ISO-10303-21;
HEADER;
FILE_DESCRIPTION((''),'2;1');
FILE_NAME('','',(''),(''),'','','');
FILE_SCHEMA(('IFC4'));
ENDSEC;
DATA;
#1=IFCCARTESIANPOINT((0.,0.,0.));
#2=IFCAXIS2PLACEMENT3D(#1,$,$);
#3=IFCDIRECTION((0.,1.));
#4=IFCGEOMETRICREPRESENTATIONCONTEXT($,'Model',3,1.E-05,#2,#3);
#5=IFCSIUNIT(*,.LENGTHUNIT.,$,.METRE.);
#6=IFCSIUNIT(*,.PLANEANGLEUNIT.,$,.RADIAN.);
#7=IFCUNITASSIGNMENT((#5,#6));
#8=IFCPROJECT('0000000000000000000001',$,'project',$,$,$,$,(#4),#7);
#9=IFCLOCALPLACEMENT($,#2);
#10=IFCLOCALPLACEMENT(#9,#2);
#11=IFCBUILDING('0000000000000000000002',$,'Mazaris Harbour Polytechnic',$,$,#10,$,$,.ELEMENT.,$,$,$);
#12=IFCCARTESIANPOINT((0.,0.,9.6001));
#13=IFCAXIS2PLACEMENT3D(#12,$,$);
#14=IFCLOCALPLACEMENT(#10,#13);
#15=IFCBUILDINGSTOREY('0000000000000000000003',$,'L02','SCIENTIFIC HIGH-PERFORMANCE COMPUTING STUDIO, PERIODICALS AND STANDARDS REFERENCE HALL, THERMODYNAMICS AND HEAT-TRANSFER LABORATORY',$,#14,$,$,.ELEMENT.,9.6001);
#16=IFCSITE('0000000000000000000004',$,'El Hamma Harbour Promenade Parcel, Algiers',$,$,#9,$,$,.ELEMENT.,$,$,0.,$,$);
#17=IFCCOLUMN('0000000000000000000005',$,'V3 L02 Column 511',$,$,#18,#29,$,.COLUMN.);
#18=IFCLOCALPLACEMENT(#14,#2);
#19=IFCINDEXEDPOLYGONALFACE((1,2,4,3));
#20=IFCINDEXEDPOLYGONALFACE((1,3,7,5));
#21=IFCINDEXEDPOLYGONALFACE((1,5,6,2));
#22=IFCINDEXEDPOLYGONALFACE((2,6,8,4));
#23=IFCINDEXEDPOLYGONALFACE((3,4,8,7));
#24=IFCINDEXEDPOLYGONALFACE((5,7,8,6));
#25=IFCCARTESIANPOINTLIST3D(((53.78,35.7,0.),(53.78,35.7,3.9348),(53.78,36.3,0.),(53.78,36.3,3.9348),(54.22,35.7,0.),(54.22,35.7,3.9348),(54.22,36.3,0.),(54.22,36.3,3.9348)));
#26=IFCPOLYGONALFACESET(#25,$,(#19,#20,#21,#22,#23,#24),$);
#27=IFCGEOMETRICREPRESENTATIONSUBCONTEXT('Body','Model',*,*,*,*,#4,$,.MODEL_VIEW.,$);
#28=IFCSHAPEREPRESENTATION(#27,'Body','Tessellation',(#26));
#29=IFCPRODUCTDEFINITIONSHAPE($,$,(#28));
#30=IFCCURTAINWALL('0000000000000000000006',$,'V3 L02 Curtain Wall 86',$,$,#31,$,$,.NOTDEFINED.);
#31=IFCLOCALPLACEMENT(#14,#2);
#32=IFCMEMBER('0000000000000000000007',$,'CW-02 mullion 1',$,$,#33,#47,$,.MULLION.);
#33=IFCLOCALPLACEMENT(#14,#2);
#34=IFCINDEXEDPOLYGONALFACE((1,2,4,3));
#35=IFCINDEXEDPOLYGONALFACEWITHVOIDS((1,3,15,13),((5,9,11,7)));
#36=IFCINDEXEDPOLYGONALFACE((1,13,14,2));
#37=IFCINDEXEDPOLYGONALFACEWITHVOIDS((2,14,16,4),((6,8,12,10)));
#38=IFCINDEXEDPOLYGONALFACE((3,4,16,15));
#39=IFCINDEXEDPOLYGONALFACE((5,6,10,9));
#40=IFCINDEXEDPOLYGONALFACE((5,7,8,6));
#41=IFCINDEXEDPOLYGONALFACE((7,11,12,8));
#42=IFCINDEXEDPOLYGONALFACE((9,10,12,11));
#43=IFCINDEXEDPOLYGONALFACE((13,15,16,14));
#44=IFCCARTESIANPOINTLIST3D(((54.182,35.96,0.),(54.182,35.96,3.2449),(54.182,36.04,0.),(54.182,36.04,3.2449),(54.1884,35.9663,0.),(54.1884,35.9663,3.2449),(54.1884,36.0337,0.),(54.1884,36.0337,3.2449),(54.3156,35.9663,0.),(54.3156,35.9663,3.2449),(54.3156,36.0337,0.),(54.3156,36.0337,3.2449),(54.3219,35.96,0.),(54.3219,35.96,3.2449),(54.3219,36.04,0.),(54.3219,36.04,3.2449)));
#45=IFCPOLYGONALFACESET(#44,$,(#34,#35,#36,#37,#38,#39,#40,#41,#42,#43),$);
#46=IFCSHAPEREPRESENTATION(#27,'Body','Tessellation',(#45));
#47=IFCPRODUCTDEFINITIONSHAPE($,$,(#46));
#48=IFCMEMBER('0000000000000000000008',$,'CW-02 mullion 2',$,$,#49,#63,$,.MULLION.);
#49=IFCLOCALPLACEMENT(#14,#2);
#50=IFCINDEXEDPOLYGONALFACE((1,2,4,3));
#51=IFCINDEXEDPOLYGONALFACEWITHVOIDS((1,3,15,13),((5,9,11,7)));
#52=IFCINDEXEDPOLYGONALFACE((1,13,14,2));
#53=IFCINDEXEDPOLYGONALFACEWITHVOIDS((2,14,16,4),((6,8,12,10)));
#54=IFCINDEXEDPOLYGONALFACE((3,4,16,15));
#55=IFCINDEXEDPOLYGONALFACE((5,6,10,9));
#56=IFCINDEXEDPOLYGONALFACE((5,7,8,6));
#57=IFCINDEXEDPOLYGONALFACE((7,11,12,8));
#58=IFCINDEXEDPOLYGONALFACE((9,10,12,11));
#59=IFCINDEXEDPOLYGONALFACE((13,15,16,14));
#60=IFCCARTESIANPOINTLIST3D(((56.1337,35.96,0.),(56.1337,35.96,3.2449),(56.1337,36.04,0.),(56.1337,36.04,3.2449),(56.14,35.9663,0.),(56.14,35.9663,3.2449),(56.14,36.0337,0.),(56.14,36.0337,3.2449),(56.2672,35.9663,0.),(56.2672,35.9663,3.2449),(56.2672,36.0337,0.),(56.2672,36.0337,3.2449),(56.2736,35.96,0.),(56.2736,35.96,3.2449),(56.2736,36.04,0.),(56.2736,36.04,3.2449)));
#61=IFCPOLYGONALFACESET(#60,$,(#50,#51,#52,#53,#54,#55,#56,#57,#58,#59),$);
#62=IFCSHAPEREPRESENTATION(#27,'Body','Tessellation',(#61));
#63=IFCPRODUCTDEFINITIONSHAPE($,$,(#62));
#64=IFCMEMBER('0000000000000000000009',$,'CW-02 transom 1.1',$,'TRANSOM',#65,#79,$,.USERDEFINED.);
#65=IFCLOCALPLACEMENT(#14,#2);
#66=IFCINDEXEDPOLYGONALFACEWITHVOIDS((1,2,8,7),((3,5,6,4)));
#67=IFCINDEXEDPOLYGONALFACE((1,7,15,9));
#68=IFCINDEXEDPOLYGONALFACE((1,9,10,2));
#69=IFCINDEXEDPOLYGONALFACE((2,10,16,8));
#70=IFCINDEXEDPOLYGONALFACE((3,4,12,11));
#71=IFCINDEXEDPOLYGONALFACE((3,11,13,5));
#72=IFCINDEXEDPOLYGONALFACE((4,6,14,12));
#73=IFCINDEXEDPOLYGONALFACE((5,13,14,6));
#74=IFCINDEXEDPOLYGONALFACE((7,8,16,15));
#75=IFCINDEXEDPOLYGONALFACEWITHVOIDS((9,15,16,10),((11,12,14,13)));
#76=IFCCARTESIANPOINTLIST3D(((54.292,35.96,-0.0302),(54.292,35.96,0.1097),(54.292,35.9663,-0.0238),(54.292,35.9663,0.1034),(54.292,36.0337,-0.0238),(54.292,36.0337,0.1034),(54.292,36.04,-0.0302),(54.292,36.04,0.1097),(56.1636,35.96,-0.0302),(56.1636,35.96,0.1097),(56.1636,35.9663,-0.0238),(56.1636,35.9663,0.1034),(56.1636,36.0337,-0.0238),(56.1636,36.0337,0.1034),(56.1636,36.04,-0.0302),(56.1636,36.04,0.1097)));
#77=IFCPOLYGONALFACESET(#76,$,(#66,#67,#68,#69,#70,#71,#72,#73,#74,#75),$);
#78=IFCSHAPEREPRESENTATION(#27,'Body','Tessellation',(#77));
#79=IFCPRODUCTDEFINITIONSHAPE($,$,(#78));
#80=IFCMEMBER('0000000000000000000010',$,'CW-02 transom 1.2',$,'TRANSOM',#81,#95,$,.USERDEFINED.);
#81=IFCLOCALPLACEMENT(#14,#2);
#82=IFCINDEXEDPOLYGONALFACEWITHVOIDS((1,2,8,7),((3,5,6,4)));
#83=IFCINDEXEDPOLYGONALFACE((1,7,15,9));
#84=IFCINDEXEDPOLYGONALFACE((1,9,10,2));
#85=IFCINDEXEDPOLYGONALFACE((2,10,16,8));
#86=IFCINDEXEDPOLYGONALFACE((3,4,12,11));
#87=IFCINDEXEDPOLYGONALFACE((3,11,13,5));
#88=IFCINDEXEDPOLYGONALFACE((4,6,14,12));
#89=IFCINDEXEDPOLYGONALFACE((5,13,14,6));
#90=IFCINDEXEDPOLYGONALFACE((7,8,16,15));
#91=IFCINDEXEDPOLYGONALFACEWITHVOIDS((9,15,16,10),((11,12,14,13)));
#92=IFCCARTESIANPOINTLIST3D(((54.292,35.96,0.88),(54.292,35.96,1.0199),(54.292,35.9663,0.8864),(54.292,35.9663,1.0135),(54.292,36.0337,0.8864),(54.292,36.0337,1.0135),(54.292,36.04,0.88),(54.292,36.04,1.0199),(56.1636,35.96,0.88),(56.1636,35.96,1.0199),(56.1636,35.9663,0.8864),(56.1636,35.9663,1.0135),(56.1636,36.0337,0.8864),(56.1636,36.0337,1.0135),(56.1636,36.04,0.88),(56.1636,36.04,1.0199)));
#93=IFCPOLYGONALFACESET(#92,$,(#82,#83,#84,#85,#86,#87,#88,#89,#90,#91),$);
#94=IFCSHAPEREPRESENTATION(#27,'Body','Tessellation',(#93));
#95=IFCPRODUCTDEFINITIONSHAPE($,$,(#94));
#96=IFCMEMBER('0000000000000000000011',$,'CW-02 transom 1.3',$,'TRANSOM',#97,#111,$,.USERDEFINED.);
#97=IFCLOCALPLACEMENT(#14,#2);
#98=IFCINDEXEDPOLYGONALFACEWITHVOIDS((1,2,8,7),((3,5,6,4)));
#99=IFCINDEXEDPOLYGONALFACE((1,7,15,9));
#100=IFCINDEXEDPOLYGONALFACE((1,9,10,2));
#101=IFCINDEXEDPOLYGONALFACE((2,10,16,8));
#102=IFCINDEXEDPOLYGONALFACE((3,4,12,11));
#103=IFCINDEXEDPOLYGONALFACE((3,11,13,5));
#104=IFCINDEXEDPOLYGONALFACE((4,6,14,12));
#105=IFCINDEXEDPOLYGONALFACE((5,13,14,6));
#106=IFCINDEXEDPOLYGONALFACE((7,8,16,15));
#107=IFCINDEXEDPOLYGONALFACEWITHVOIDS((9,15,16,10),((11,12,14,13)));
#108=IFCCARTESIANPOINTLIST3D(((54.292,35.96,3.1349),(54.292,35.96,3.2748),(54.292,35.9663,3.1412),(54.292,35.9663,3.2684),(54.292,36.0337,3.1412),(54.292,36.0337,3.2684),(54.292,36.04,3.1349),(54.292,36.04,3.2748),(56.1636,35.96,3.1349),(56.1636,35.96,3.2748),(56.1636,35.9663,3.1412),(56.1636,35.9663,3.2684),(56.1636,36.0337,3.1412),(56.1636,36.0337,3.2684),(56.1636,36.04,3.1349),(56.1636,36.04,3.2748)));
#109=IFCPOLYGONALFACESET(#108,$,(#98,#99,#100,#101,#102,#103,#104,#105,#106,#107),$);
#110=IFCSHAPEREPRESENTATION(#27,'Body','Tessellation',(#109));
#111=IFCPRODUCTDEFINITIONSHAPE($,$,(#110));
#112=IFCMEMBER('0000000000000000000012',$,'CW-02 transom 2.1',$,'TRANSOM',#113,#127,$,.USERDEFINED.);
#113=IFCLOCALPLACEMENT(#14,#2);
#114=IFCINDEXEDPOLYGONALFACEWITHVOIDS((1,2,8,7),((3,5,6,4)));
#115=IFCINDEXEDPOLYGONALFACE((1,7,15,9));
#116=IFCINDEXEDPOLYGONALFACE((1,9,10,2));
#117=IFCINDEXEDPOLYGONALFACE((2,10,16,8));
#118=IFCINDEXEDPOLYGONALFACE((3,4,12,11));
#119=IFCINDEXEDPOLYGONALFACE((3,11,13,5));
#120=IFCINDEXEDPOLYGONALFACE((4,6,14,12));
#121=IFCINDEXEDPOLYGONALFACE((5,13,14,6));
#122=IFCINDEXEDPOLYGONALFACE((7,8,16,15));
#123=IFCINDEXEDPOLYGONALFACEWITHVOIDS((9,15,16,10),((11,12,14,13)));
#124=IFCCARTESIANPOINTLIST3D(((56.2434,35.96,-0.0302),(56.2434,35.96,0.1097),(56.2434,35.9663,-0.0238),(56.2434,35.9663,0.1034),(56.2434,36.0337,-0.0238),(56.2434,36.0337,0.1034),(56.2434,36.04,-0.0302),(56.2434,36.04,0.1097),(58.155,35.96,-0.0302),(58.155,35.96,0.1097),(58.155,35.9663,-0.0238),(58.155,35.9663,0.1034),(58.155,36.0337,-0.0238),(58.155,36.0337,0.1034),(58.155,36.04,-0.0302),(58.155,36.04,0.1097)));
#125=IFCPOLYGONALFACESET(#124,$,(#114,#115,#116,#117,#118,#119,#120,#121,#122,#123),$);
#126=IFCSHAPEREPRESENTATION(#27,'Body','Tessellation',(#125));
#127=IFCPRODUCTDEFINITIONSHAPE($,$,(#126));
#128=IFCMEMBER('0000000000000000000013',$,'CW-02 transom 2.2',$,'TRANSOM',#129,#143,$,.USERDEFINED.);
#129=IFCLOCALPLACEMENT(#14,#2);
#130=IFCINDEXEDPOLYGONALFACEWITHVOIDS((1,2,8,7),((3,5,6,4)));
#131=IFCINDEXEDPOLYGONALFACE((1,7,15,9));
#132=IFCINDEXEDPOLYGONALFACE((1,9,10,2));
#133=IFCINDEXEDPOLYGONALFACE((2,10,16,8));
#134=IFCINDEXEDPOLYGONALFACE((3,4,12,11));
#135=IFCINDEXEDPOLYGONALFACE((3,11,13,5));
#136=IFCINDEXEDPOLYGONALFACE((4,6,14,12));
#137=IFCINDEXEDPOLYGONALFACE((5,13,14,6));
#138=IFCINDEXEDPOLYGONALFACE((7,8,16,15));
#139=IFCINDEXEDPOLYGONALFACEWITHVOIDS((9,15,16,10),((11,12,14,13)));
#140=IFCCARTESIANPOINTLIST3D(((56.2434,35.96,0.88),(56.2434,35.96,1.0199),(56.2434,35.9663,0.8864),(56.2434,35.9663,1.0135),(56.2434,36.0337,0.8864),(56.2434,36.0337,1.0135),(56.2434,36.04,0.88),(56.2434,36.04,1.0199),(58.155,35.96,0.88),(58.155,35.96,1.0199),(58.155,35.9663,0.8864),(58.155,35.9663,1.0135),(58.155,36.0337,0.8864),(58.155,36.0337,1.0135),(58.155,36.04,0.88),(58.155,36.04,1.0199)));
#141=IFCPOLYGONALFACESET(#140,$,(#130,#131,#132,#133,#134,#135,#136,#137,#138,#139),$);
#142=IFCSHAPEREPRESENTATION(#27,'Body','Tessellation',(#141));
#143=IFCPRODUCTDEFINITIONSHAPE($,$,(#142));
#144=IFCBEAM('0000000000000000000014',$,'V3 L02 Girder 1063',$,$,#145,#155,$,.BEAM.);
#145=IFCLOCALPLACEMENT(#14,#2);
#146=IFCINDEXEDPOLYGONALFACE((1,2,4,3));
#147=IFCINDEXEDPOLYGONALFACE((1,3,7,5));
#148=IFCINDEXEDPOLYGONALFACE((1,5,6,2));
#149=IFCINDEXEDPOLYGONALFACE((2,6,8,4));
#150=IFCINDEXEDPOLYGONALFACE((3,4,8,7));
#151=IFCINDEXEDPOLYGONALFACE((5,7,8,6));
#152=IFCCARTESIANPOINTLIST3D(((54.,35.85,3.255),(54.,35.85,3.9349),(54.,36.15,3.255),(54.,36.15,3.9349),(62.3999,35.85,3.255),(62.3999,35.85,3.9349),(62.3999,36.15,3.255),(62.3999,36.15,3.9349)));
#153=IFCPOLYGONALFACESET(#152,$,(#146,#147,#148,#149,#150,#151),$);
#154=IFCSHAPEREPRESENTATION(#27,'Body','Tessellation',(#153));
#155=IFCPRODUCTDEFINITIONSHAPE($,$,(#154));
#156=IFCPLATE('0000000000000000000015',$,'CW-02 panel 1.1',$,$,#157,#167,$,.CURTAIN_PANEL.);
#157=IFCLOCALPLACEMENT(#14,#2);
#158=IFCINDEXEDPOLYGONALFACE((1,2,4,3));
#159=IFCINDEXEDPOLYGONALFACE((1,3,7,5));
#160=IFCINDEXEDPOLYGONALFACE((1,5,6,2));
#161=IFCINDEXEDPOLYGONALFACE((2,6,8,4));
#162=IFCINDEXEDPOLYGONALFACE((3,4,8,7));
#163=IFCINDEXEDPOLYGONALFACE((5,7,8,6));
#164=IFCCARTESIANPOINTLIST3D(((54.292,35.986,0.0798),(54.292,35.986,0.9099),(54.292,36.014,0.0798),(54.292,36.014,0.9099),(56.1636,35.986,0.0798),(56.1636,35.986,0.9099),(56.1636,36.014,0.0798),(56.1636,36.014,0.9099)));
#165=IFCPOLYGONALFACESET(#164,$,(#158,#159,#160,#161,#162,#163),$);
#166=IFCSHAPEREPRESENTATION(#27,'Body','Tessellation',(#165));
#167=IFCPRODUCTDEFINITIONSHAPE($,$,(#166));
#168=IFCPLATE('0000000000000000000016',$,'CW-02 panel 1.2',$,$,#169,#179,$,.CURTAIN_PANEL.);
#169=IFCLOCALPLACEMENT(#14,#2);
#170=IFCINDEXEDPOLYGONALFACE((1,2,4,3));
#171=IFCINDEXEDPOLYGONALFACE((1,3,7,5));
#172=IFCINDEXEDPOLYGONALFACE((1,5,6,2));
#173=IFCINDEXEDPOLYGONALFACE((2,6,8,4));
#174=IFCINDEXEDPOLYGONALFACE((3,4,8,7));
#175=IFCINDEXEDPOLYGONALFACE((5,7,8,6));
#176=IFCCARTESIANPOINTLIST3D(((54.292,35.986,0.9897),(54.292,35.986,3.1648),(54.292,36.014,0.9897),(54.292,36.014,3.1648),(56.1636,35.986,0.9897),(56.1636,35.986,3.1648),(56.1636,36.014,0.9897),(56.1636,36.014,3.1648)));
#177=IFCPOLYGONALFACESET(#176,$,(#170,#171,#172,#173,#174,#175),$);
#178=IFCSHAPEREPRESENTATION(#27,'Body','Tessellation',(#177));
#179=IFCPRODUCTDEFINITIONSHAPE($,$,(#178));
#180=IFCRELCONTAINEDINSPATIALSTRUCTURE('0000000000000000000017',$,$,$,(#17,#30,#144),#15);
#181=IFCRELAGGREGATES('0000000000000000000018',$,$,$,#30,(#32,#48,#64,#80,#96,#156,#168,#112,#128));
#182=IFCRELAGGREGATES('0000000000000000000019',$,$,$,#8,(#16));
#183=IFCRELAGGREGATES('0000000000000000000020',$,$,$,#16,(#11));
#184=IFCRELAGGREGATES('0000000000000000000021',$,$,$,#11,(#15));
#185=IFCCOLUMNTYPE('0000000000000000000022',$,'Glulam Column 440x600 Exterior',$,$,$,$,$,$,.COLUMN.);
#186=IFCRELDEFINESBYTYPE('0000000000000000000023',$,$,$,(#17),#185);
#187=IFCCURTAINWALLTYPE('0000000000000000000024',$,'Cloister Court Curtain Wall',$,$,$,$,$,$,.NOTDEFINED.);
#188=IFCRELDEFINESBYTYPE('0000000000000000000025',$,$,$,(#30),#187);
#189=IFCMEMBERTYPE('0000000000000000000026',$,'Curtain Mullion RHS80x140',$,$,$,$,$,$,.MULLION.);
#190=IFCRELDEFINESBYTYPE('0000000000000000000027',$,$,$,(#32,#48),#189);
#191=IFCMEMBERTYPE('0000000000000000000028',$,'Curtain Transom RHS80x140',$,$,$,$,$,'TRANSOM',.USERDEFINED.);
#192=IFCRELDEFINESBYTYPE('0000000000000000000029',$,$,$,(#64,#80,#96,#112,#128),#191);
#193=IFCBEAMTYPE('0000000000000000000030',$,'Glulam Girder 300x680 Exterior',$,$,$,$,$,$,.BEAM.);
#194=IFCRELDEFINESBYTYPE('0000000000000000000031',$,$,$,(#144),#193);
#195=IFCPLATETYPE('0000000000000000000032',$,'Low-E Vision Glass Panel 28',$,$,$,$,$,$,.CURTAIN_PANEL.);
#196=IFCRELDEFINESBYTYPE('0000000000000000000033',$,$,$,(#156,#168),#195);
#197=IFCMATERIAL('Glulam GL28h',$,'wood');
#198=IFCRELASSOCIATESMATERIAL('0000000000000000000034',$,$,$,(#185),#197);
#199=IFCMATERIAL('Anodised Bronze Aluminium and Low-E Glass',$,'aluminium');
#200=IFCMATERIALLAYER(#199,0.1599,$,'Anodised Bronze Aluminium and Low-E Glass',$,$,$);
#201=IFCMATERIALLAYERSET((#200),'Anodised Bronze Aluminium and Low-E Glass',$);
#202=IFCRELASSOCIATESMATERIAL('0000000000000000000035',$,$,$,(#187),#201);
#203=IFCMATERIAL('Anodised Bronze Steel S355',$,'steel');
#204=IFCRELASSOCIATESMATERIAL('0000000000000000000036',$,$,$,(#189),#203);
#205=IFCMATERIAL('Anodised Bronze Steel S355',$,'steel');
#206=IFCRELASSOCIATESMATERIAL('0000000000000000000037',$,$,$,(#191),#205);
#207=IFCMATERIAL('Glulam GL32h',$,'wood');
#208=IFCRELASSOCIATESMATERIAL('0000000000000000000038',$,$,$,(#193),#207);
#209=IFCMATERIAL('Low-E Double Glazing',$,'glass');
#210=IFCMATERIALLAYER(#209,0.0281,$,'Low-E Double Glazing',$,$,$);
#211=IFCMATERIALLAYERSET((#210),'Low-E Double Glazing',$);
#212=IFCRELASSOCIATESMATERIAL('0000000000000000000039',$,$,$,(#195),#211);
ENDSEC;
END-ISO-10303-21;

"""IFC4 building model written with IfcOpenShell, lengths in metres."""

from ifc_helpers import new_model, si_unit, direction, frame, origin, origin_2d, place, context, subcontext, project, spatial, rectangle, hollow_rectangle, extrude, material, layer, layer_set, material_profile, profile_set, type_object, element, aggregate, save


model = new_model("IFC4")

# Units and contexts
model_context = context("Model", 3, precision=1e-05, world=origin(), true_north=direction((0.0, 1.0)))
body_context = subcontext(model_context, "Body", "Model", "MODEL_VIEW")
ifc_project = project(units=[si_unit("LENGTHUNIT", "METRE"), si_unit("PLANEANGLEUNIT", "RADIAN")], contexts=[model_context])

# Site, building, storey
site_placement = place(None, origin())
site = spatial("IfcSite", under=ifc_project, at=site_placement, Name="El Hamma Harbour Promenade Parcel, Algiers", CompositionType="ELEMENT", RefElevation=0.0)
building_placement = place(site_placement, origin())
building = spatial("IfcBuilding", under=site, at=building_placement, Name="Mazaris Harbour Polytechnic", CompositionType="ELEMENT")
storey_placement = place(building_placement, frame((0.0, 0.0, 9.6001)))
storey = spatial("IfcBuildingStorey", under=building, at=storey_placement, Name="L02", Description="SCIENTIFIC HIGH-PERFORMANCE COMPUTING STUDIO, PERIODICALS AND STANDARDS REFERENCE HALL, THERMODYNAMICS AND HEAT-TRANSFER LABORATORY", CompositionType="ELEMENT", Elevation=9.6001)

# Column
ifc_material_1 = material(Name="Glulam GL28h", Category="wood")
ifc_material_profile_1 = material_profile(ifc_material_1, rectangle(XDim=0.4399, YDim=0.6001, at=origin_2d()), Name="RECT440x600")
ifc_profile_set_1 = profile_set([ifc_material_profile_1], Name="Glulam GL28h")
column_type = type_object("IfcColumnType", Name="Glulam Column 440x600 Exterior", PredefinedType="COLUMN", material=ifc_profile_set_1)
column_placement = place(storey_placement, frame((54.0, 36.0, 0.0), z_axis=(0.0, 0.0, 1.0), x_axis=(1.0, 0.0, 0.0)))
element("IfcColumn", 1, at=column_placement, inside=storey, type_object=column_type, Name="V3 L02 Column 511", PredefinedType="COLUMN", context=body_context, shape_type="SweptSolid", body=[
    extrude(rectangle(XDim=0.4399, YDim=0.6001, at=origin_2d()), origin(), (0.0, 0.0, 1.0), 3.9348),
])

# Curtain wall, members
ifc_material_2 = material(Name="Anodised Bronze Aluminium and Low-E Glass", Category="aluminium")
ifc_layer_1 = layer(ifc_material_2, 0.1599, Name="Anodised Bronze Aluminium and Low-E Glass")
ifc_layer_set_1 = layer_set([ifc_layer_1], Name="Anodised Bronze Aluminium and Low-E Glass")
curtain_wall_type = type_object("IfcCurtainWallType", Name="Cloister Court Curtain Wall", PredefinedType="NOTDEFINED", material=ifc_layer_set_1)
curtain_wall_placement = place(storey_placement, origin())
curtain_wall = element("IfcCurtainWall", 2, at=curtain_wall_placement, inside=storey, type_object=curtain_wall_type, Name="V3 L02 Curtain Wall 86", PredefinedType="NOTDEFINED")
ifc_material_3 = material(Name="Anodised Bronze Steel S355", Category="steel")
ifc_material_profile_2 = material_profile(ifc_material_3, hollow_rectangle(XDim=0.0801, YDim=0.1399, WallThickness=0.0063, at=origin_2d()), Name="RHS 80x140x6.3")
ifc_profile_set_2 = profile_set([ifc_material_profile_2], Name="Anodised Bronze Steel S355")
member_type_1 = type_object("IfcMemberType", Name="Curtain Mullion RHS80x140", PredefinedType="MULLION", material=ifc_profile_set_2)
member_1_placement = place(storey_placement, frame((54.252, 36.0, 0.0), z_axis=(0.0, 0.0, 1.0), x_axis=(0.0, 1.0, 0.0)))
member_1 = element("IfcMember", 3, at=member_1_placement, type_object=member_type_1, Name="CW-02 mullion 1", PredefinedType="MULLION", context=body_context, shape_type="SweptSolid", body=[
    extrude(hollow_rectangle(XDim=0.0801, YDim=0.1399, WallThickness=0.0063, at=origin_2d()), origin(), (0.0, 0.0, 1.0), 3.2449),
])
member_2_placement = place(storey_placement, frame((56.2036, 36.0, 0.0), z_axis=(0.0, 0.0, 1.0), x_axis=(0.0, 1.0, 0.0)))
member_2 = element("IfcMember", 4, at=member_2_placement, type_object=member_type_1, Name="CW-02 mullion 2", PredefinedType="MULLION", context=body_context, shape_type="SweptSolid", body=[
    extrude(hollow_rectangle(XDim=0.0801, YDim=0.1399, WallThickness=0.0063, at=origin_2d()), origin(), (0.0, 0.0, 1.0), 3.2449),
])
ifc_material_4 = material(Name="Anodised Bronze Steel S355", Category="steel")
ifc_material_profile_3 = material_profile(ifc_material_4, hollow_rectangle(XDim=0.0801, YDim=0.1399, WallThickness=0.0063, at=origin_2d()), Name="RHS 80x140x6.3")
ifc_profile_set_3 = profile_set([ifc_material_profile_3], Name="Anodised Bronze Steel S355")
member_type_2 = type_object("IfcMemberType", Name="Curtain Transom RHS80x140", ElementType="TRANSOM", PredefinedType="USERDEFINED", material=ifc_profile_set_3)
member_3_placement = place(storey_placement, frame((54.292, 36.0, 0.0398), z_axis=(1.0, 0.0, 0.0), x_axis=(0.0, 1.0, 0.0)))
member_3 = element("IfcMember", 5, at=member_3_placement, type_object=member_type_2, Name="CW-02 transom 1.1", ObjectType="TRANSOM", PredefinedType="USERDEFINED", context=body_context, shape_type="SweptSolid", body=[
    extrude(hollow_rectangle(XDim=0.0801, YDim=0.1399, WallThickness=0.0063, at=origin_2d()), origin(), (0.0, 0.0, 1.0), 1.8716),
])
member_4_placement = place(storey_placement, frame((54.292, 36.0, 0.95), z_axis=(1.0, 0.0, 0.0), x_axis=(0.0, 1.0, 0.0)))
member_4 = element("IfcMember", 6, at=member_4_placement, type_object=member_type_2, Name="CW-02 transom 1.2", ObjectType="TRANSOM", PredefinedType="USERDEFINED", context=body_context, shape_type="SweptSolid", body=[
    extrude(hollow_rectangle(XDim=0.0801, YDim=0.1399, WallThickness=0.0063, at=origin_2d()), origin(), (0.0, 0.0, 1.0), 1.8716),
])
member_5_placement = place(storey_placement, frame((54.292, 36.0, 3.2048), z_axis=(1.0, 0.0, 0.0), x_axis=(0.0, 1.0, 0.0)))
member_5 = element("IfcMember", 7, at=member_5_placement, type_object=member_type_2, Name="CW-02 transom 1.3", ObjectType="TRANSOM", PredefinedType="USERDEFINED", context=body_context, shape_type="SweptSolid", body=[
    extrude(hollow_rectangle(XDim=0.0801, YDim=0.1399, WallThickness=0.0063, at=origin_2d()), origin(), (0.0, 0.0, 1.0), 1.8716),
])
member_6_placement = place(storey_placement, frame((56.2434, 36.0, 0.0398), z_axis=(1.0, 0.0, 0.0), x_axis=(0.0, 1.0, 0.0)))
member_6 = element("IfcMember", 8, at=member_6_placement, type_object=member_type_2, Name="CW-02 transom 2.1", ObjectType="TRANSOM", PredefinedType="USERDEFINED", context=body_context, shape_type="SweptSolid", body=[
    extrude(hollow_rectangle(XDim=0.0801, YDim=0.1399, WallThickness=0.0063, at=origin_2d()), origin(), (0.0, 0.0, 1.0), 1.9116),
])
member_7_placement = place(storey_placement, frame((56.2434, 36.0, 0.95), z_axis=(1.0, 0.0, 0.0), x_axis=(0.0, 1.0, 0.0)))
member_7 = element("IfcMember", 9, at=member_7_placement, type_object=member_type_2, Name="CW-02 transom 2.2", ObjectType="TRANSOM", PredefinedType="USERDEFINED", context=body_context, shape_type="SweptSolid", body=[
    extrude(hollow_rectangle(XDim=0.0801, YDim=0.1399, WallThickness=0.0063, at=origin_2d()), origin(), (0.0, 0.0, 1.0), 1.9116),
])

# Beam
ifc_material_5 = material(Name="Glulam GL32h", Category="wood")
ifc_material_profile_4 = material_profile(ifc_material_5, rectangle(XDim=0.3, YDim=0.6799, at=origin_2d()), Name="RECT300x680")
ifc_profile_set_4 = profile_set([ifc_material_profile_4], Name="Glulam GL32h")
beam_type = type_object("IfcBeamType", Name="Glulam Girder 300x680 Exterior", PredefinedType="BEAM", material=ifc_profile_set_4)
beam_placement = place(storey_placement, frame((54.0, 36.0, 3.595), z_axis=(1.0, 0.0, 0.0), x_axis=(0.0, 1.0, 0.0)))
element("IfcBeam", 10, at=beam_placement, inside=storey, type_object=beam_type, Name="V3 L02 Girder 1063", PredefinedType="BEAM", context=body_context, shape_type="SweptSolid", body=[
    extrude(rectangle(XDim=0.3, YDim=0.6799, at=origin_2d()), origin(), (0.0, 0.0, 1.0), 8.3999),
])

# Plates
ifc_material_6 = material(Name="Low-E Double Glazing", Category="glass")
ifc_layer_2 = layer(ifc_material_6, 0.0281, Name="Low-E Double Glazing")
ifc_layer_set_2 = layer_set([ifc_layer_2], Name="Low-E Double Glazing")
plate_type = type_object("IfcPlateType", Name="Low-E Vision Glass Panel 28", PredefinedType="CURTAIN_PANEL", material=ifc_layer_set_2)
plate_1_placement = place(storey_placement, frame((55.2278, 36.0, 0.0798), z_axis=(0.0, 0.0, 1.0), x_axis=(1.0, 0.0, 0.0)))
plate_1 = element("IfcPlate", 11, at=plate_1_placement, type_object=plate_type, Name="CW-02 panel 1.1", PredefinedType="CURTAIN_PANEL", context=body_context, shape_type="SweptSolid", body=[
    extrude(rectangle(XDim=1.8716, YDim=0.0281, at=origin_2d()), origin(), (0.0, 0.0, 1.0), 0.8301),
])
plate_2_placement = place(storey_placement, frame((55.2278, 36.0, 0.9897), z_axis=(0.0, 0.0, 1.0), x_axis=(1.0, 0.0, 0.0)))
plate_2 = element("IfcPlate", 12, at=plate_2_placement, type_object=plate_type, Name="CW-02 panel 1.2", PredefinedType="CURTAIN_PANEL", context=body_context, shape_type="SweptSolid", body=[
    extrude(rectangle(XDim=1.8716, YDim=0.0281, at=origin_2d()), origin(), (0.0, 0.0, 1.0), 2.175),
])
aggregate(curtain_wall, [member_1, member_2, member_3, member_4, member_5, plate_1, plate_2, member_6, member_7])

save(model, "model.ifc")
